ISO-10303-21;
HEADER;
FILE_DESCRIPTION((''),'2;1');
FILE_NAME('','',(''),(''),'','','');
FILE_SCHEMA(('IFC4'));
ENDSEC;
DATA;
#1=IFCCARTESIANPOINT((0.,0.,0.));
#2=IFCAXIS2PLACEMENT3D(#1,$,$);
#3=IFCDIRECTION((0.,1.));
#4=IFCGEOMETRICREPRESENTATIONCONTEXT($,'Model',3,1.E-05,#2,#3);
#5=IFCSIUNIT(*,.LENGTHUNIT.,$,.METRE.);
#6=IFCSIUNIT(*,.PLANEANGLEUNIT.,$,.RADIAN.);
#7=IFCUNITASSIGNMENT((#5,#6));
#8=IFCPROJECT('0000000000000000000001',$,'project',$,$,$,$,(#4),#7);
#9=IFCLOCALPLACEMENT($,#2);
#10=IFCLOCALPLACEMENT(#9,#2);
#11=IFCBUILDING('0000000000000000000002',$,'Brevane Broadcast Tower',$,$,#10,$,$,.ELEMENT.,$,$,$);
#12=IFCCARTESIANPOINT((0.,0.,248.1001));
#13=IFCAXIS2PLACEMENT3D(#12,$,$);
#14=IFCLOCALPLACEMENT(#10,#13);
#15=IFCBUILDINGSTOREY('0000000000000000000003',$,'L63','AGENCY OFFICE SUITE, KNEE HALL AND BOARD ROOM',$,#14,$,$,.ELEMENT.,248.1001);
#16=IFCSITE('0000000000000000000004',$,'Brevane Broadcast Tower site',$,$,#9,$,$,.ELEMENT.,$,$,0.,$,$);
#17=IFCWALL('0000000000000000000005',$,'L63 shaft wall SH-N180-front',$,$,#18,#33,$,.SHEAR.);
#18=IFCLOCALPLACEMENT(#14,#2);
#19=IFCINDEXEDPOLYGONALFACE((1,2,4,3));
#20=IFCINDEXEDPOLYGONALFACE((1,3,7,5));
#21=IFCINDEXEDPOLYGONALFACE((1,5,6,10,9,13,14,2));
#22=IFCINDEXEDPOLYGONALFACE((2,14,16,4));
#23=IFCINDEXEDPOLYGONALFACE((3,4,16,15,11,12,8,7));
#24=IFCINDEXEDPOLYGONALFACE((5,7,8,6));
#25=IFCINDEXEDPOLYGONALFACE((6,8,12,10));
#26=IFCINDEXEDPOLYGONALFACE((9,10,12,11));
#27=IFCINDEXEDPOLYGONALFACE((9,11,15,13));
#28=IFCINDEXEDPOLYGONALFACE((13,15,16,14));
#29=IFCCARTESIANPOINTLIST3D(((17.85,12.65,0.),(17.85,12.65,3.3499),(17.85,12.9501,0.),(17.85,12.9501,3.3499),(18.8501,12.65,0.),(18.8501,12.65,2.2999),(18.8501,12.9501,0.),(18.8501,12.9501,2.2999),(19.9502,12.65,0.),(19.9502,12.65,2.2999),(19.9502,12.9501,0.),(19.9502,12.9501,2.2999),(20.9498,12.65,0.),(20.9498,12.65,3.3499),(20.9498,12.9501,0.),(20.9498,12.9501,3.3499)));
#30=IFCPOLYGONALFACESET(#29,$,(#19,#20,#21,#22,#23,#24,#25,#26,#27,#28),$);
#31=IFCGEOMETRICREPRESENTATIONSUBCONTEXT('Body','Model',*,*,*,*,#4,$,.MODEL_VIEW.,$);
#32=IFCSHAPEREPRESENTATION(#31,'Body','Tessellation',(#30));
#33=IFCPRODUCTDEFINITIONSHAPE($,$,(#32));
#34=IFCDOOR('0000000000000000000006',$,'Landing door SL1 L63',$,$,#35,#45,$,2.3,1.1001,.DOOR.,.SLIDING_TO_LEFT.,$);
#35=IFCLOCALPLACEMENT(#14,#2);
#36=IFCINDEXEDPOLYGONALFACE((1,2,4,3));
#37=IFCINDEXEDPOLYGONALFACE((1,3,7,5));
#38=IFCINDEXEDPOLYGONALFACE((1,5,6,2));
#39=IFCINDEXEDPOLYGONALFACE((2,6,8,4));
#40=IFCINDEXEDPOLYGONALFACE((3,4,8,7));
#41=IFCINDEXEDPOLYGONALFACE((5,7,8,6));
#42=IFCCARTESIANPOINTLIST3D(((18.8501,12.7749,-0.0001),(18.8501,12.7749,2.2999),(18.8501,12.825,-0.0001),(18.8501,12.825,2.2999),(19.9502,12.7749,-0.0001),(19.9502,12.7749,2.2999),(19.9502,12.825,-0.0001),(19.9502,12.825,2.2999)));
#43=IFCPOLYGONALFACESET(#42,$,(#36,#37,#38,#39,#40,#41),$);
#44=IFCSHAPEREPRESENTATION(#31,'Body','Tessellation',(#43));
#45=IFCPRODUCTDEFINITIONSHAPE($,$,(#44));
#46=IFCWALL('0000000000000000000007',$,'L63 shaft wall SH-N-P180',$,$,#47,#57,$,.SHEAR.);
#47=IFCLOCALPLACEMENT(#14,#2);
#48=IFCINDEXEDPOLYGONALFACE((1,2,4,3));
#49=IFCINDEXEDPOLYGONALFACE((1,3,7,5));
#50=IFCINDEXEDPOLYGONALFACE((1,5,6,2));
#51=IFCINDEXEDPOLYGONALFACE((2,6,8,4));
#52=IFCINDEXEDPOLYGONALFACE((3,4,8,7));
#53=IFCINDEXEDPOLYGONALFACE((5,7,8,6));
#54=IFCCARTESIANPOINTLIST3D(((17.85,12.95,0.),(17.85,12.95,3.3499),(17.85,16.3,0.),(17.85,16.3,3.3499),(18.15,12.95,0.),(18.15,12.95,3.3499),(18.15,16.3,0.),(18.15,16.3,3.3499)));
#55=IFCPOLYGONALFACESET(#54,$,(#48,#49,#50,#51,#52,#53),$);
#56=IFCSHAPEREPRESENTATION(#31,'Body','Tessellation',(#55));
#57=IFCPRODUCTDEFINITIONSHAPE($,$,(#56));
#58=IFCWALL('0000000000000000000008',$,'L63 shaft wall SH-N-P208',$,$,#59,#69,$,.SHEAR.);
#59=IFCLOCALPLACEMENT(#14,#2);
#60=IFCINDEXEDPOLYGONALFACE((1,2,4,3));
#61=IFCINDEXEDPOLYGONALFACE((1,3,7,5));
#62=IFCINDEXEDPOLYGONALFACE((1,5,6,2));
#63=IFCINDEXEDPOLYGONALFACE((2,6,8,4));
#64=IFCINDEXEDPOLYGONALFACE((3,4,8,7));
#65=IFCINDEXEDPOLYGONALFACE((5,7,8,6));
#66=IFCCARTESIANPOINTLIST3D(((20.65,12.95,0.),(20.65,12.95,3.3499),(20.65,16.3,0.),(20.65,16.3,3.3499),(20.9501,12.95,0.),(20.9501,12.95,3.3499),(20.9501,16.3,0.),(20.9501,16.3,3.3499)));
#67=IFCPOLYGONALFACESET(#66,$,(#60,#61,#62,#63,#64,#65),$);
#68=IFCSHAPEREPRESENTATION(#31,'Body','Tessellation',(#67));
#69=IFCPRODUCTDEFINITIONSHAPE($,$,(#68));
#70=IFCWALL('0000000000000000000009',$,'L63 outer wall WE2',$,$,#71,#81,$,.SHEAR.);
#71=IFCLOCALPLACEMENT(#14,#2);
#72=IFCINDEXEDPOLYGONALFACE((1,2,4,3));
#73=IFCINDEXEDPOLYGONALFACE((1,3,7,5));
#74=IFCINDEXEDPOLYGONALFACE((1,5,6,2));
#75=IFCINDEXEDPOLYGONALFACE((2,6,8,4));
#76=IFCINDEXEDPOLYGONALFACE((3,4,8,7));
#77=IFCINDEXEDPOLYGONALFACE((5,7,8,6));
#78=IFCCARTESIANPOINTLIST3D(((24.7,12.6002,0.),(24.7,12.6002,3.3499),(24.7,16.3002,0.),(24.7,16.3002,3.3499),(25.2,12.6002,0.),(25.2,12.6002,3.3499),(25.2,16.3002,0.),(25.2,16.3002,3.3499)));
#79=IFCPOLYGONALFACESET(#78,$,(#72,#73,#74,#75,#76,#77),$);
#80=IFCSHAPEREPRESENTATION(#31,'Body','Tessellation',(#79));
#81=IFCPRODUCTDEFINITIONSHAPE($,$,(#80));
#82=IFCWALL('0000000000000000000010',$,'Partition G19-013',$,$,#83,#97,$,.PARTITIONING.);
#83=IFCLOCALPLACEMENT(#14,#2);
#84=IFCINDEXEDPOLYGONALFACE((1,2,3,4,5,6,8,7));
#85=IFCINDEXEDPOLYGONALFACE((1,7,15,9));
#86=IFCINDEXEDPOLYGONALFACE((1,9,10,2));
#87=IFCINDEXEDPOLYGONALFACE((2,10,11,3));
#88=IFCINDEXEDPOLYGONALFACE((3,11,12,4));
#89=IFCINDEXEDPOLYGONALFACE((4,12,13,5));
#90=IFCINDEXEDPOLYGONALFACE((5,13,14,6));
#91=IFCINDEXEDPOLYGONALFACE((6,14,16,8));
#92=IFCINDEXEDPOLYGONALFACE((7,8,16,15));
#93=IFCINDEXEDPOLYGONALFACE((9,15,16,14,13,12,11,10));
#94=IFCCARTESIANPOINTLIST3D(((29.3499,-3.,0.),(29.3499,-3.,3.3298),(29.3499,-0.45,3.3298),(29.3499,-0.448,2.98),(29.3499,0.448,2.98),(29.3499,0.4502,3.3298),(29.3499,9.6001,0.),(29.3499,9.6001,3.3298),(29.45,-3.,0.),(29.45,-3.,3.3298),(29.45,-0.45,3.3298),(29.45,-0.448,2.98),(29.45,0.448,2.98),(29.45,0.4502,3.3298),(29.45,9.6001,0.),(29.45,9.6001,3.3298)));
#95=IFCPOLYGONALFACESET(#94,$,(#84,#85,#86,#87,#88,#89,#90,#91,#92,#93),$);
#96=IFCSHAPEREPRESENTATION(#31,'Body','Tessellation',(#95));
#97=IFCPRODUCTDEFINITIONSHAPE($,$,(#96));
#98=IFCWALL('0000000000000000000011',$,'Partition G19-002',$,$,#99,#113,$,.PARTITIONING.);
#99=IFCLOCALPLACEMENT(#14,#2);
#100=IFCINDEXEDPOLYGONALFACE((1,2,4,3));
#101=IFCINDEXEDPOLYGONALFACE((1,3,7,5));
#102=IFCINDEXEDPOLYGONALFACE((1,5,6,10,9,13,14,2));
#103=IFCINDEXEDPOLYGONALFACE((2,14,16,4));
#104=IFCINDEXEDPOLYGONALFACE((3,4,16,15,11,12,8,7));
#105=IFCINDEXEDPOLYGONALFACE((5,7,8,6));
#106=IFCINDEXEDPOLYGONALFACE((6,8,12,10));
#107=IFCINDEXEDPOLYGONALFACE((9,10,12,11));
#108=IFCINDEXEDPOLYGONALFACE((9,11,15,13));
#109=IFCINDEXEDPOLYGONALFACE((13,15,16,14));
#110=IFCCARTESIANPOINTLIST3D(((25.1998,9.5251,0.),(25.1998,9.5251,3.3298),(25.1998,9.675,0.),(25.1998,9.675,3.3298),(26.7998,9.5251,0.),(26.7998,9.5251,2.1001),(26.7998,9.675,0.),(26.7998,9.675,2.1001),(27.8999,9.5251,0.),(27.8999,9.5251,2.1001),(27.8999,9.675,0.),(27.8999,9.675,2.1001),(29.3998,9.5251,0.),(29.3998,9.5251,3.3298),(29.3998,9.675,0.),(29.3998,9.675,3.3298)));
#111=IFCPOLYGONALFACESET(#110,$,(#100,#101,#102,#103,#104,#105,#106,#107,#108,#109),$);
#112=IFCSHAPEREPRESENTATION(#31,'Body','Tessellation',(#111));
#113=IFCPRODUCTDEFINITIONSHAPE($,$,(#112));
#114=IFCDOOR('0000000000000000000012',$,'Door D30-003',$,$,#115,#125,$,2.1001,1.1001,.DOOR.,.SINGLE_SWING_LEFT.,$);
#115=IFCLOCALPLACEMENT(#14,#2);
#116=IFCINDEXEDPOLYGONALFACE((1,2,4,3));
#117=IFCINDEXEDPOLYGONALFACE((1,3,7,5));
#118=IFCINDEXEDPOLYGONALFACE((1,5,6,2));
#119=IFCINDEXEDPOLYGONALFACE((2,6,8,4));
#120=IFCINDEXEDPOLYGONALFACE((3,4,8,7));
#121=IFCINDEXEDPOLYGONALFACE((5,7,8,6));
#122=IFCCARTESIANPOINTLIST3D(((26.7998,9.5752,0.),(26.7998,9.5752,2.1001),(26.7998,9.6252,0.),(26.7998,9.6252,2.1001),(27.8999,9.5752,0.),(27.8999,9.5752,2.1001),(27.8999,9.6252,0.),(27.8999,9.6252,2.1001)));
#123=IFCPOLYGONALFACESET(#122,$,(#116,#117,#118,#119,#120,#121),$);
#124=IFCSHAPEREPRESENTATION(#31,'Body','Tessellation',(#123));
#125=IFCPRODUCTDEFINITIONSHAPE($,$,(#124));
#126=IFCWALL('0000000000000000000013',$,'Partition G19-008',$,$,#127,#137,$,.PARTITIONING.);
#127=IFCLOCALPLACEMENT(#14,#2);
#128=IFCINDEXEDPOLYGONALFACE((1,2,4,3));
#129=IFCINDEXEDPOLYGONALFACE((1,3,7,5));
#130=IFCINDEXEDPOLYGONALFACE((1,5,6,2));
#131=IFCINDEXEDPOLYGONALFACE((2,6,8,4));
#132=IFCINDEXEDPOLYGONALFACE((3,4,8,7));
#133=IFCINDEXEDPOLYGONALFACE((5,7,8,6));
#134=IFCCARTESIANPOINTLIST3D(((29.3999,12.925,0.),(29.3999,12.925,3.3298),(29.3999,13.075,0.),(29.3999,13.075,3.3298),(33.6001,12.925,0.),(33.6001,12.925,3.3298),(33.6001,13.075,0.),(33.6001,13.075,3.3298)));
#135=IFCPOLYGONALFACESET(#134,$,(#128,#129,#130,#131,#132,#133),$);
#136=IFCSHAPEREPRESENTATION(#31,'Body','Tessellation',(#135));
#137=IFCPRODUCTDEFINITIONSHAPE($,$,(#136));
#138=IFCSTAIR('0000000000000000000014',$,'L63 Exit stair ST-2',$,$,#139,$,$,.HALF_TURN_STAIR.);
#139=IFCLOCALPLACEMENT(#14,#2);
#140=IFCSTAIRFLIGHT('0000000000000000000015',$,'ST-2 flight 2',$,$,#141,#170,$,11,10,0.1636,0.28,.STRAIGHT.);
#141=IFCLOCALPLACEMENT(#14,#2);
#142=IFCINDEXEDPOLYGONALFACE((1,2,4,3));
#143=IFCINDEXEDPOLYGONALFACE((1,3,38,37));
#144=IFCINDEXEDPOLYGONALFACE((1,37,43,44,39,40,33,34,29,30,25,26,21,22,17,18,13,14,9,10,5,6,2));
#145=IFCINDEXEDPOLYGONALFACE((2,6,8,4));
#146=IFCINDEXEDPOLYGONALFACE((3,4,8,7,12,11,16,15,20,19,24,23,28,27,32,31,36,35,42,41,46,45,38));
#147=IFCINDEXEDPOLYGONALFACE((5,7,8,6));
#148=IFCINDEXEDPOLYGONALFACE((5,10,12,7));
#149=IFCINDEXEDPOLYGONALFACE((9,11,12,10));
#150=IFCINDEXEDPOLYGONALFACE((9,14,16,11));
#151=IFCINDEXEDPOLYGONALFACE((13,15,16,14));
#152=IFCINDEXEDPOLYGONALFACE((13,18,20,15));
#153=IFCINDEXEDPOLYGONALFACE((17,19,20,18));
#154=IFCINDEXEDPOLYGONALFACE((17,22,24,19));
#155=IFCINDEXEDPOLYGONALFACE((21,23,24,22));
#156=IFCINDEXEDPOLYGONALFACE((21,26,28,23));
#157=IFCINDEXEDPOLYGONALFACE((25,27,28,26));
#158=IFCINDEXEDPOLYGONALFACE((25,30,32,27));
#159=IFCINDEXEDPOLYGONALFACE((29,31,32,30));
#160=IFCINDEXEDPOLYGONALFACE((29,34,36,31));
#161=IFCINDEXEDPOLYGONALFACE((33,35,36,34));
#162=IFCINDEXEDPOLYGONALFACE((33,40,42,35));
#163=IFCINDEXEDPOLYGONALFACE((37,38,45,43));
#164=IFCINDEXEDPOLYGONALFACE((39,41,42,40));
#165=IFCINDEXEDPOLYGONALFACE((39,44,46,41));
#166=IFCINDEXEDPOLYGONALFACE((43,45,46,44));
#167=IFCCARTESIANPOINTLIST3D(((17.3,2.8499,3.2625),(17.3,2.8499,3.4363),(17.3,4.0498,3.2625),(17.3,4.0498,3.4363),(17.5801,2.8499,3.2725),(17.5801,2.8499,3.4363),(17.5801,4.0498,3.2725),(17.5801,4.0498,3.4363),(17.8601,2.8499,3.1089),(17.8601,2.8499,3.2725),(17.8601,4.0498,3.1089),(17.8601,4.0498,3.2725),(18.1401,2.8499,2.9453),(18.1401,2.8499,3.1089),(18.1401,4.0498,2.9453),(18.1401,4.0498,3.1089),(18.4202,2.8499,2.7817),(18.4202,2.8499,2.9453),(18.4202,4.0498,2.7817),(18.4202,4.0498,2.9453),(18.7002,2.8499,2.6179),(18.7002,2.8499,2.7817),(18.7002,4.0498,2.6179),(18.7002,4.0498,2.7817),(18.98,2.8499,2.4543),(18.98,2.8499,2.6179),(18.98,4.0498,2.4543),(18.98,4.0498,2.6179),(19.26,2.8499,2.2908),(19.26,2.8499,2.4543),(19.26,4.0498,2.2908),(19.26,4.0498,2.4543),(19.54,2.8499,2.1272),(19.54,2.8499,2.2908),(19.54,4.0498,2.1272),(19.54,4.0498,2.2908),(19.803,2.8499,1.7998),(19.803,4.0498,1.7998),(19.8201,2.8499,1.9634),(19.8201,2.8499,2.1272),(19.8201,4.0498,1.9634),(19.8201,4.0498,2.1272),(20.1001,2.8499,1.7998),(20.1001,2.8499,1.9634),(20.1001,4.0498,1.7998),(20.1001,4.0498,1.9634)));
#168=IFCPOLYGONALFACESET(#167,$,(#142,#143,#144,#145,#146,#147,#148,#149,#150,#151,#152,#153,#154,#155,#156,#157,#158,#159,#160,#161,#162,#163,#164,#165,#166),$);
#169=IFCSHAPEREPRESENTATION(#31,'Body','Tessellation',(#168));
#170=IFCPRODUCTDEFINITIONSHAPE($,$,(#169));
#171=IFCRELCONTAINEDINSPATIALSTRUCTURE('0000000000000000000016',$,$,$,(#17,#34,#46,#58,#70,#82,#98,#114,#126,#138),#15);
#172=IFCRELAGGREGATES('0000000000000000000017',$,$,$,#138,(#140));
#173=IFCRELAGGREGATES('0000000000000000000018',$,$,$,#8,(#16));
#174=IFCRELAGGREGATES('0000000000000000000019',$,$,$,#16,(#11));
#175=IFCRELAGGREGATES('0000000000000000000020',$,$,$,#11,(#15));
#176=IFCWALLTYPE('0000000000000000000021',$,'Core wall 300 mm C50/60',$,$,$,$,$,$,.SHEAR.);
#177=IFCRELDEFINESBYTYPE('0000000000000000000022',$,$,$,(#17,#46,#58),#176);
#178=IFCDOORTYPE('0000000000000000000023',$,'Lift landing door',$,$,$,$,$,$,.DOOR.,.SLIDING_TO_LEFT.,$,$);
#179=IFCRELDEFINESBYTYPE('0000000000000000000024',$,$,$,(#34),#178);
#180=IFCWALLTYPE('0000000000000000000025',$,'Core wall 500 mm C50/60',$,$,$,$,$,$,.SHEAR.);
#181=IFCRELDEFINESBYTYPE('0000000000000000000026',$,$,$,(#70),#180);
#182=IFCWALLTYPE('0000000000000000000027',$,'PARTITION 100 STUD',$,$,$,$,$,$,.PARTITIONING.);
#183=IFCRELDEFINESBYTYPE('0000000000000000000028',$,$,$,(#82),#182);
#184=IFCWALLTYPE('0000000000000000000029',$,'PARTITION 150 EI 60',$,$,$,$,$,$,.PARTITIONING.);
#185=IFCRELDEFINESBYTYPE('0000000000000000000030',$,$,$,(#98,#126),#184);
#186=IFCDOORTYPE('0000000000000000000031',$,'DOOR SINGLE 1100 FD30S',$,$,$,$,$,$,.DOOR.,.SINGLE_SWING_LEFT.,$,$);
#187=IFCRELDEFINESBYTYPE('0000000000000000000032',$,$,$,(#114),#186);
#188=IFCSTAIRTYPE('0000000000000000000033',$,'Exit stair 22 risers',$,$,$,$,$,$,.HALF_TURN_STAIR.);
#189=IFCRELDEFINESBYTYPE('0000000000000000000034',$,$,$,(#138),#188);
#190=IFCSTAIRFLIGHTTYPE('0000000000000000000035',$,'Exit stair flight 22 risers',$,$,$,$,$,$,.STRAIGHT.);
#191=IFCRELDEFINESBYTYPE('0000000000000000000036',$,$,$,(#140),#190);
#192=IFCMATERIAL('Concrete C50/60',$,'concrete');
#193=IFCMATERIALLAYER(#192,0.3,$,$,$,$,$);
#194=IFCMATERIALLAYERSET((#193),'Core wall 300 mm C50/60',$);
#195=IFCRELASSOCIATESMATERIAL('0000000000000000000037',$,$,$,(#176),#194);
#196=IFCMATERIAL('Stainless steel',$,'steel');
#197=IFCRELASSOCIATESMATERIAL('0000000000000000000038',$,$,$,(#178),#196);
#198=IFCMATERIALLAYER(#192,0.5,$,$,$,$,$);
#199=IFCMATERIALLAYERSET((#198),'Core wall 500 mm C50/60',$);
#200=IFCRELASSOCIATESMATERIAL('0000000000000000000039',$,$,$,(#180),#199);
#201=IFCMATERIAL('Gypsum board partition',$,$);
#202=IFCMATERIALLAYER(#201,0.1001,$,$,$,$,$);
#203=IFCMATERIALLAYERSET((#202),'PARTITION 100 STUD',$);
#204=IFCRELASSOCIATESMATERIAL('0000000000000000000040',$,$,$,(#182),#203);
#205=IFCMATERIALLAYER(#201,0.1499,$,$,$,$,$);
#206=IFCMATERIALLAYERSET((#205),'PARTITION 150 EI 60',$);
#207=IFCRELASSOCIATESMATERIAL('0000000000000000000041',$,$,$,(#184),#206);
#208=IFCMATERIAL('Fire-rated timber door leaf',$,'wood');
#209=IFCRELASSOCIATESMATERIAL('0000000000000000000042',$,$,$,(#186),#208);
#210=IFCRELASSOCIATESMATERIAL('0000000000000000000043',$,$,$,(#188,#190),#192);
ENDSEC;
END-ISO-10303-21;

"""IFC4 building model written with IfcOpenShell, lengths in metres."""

from ifc_helpers import new_model, si_unit, direction, frame, frame_2d, origin, place, context, subcontext, project, spatial, polyline, rectangle, outline, extrude, material, layer, layer_set, type_object, element, fill, aggregate, save


model = new_model("IFC4")

# Units and contexts
model_context = context("Model", 3, precision=1e-05, world=origin(), true_north=direction((0.0, 1.0)))
body_context = subcontext(model_context, "Body", "Model", "MODEL_VIEW")
ifc_project = project(units=[si_unit("LENGTHUNIT", "METRE"), si_unit("PLANEANGLEUNIT", "RADIAN")], contexts=[model_context])

# Site, building, storey
site_placement = place(None, origin())
site = spatial("IfcSite", under=ifc_project, at=site_placement, Name="Brevane Broadcast Tower site", CompositionType="ELEMENT", RefElevation=0.0)
building_placement = place(site_placement, origin())
building = spatial("IfcBuilding", under=site, at=building_placement, Name="Brevane Broadcast Tower", CompositionType="ELEMENT")
storey_placement = place(building_placement, frame((0.0, 0.0, 248.1001)))
storey = spatial("IfcBuildingStorey", under=building, at=storey_placement, Name="L63", Description="AGENCY OFFICE SUITE, KNEE HALL AND BOARD ROOM", CompositionType="ELEMENT", Elevation=248.1001)

# Wall, opening, door
ifc_material_1 = material(Name="Concrete C50/60", Category="concrete")
ifc_layer_1 = layer(ifc_material_1, 0.3)
ifc_layer_set_1 = layer_set([ifc_layer_1], Name="Core wall 300 mm C50/60")
wall_type_1 = type_object("IfcWallType", Name="Core wall 300 mm C50/60", PredefinedType="SHEAR", material=ifc_layer_set_1)
wall_1_placement = place(storey_placement, frame((17.8501, 12.8, 0.0), z_axis=(0.0, 0.0, 1.0), x_axis=(1.0, 0.0, 0.0)))
wall_1 = element("IfcWall", 1, at=wall_1_placement, inside=storey, type_object=wall_type_1, Name="L63 shaft wall SH-N180-front", PredefinedType="SHEAR", context=body_context, shape_type="SweptSolid", body=[
    extrude(rectangle(XDim=3.0999, YDim=0.3, at=frame_2d((1.5498, 0.0))), origin(), (0.0, 0.0, 1.0), 3.3499),
])
opening_1_placement = place(wall_1_placement, frame((1.0, 0.0, 0.0)))
opening_1 = element("IfcOpeningElement", 2, at=opening_1_placement, cuts=wall_1, PredefinedType="OPENING", context=body_context, shape_type="SweptSolid", body=[
    extrude(rectangle(XDim=1.1001, YDim=2.3, at=frame_2d((0.55, 1.1499))), frame((0.0, 0.1599, 0.0), z_axis=(0.0, -1.0, 0.0), x_axis=(1.0, 0.0, 0.0)), (0.0, 0.0, 1.0), 0.3201),
])
ifc_material_2 = material(Name="Stainless steel", Category="steel")
door_type_1 = type_object("IfcDoorType", Name="Lift landing door", OperationType="SLIDING_TO_LEFT", PredefinedType="DOOR", material=ifc_material_2)
door_1_placement = place(opening_1_placement, origin())
door_1 = element("IfcDoor", 3, at=door_1_placement, inside=storey, type_object=door_type_1, Name="Landing door SL1 L63", OperationType="SLIDING_TO_LEFT", OverallHeight=2.3, OverallWidth=1.1001, PredefinedType="DOOR", context=body_context, shape_type="SweptSolid", body=[
    extrude(rectangle(XDim=1.1001, YDim=2.3, at=frame_2d((0.55, 1.1499))), frame((0.0, 0.0249, 0.0), z_axis=(0.0, -1.0, 0.0), x_axis=(1.0, 0.0, 0.0)), (0.0, 0.0, 1.0), 0.05),
])
fill(opening_1, door_1)

# Walls
for number, where, z_axis, x_axis, name in (
    (4, (18.0, 12.95, 0.0), (0.0, 0.0, 1.0), (0.0, 1.0, 0.0), "L63 shaft wall SH-N-P180"),
    (5, (20.8, 12.95, 0.0), (0.0, 0.0, 1.0), (0.0, 1.0, 0.0), "L63 shaft wall SH-N-P208"),
):
    element("IfcWall", number, at=place(storey_placement, frame(where, z_axis=z_axis, x_axis=x_axis)), inside=storey, type_object=wall_type_1, Name=name, PredefinedType="SHEAR", context=body_context, shape_type="SweptSolid", body=[
        extrude(rectangle(XDim=3.3501, YDim=0.3, at=frame_2d((1.675, 0.0))), origin(), (0.0, 0.0, 1.0), 3.3499),
    ])
ifc_layer_2 = layer(ifc_material_1, 0.5)
ifc_layer_set_2 = layer_set([ifc_layer_2], Name="Core wall 500 mm C50/60")
wall_type_2 = type_object("IfcWallType", Name="Core wall 500 mm C50/60", PredefinedType="SHEAR", material=ifc_layer_set_2)
wall_2_placement = place(storey_placement, frame((24.95, 12.6001, 0.0), z_axis=(0.0, 0.0, 1.0), x_axis=(0.0, 1.0, 0.0)))
element("IfcWall", 6, at=wall_2_placement, inside=storey, type_object=wall_type_2, Name="L63 outer wall WE2", PredefinedType="SHEAR", context=body_context, shape_type="SweptSolid", body=[
    extrude(rectangle(XDim=3.7, YDim=0.5, at=frame_2d((1.8501, 0.0))), origin(), (0.0, 0.0, 1.0), 3.3499),
])
ifc_material_3 = material(Name="Gypsum board partition")
ifc_layer_3 = layer(ifc_material_3, 0.1001)
ifc_layer_set_3 = layer_set([ifc_layer_3], Name="PARTITION 100 STUD")
wall_type_3 = type_object("IfcWallType", Name="PARTITION 100 STUD", PredefinedType="PARTITIONING", material=ifc_layer_set_3)
wall_3_placement = place(storey_placement, frame((29.3999, 9.6001, 0.0), z_axis=(0.0, 0.0, 1.0), x_axis=(0.0, -1.0, 0.0)))
element("IfcWall", 7, at=wall_3_placement, inside=storey, type_object=wall_type_3, Name="Partition G19-013", PredefinedType="PARTITIONING", context=body_context, shape_type="SweptSolid", body=[
    extrude(outline(polyline([(0.0, 0.0), (12.6001, 0.0), (12.6001, 3.3298), (10.05, 3.3298), (10.0481, 2.98), (9.1521, 2.98), (9.1499, 3.3298), (0.0, 3.3298), (0.0, 0.0)])), frame((0.0, 0.05, 0.0), z_axis=(0.0, -1.0, 0.0), x_axis=(1.0, 0.0, 0.0)), (0.0, 0.0, 1.0), 0.1001),
])

# Wall, opening, door
ifc_layer_4 = layer(ifc_material_3, 0.1499)
ifc_layer_set_4 = layer_set([ifc_layer_4], Name="PARTITION 150 EI 60")
wall_type_4 = type_object("IfcWallType", Name="PARTITION 150 EI 60", PredefinedType="PARTITIONING", material=ifc_layer_set_4)
wall_4_placement = place(storey_placement, frame((29.3999, 9.6001, 0.0), z_axis=(0.0, 0.0, 1.0), x_axis=(-1.0, 0.0, 0.0)))
wall_4 = element("IfcWall", 8, at=wall_4_placement, inside=storey, type_object=wall_type_4, Name="Partition G19-002", PredefinedType="PARTITIONING", context=body_context, shape_type="SweptSolid", body=[
    extrude(rectangle(XDim=4.2, YDim=0.1499, at=frame_2d((2.1001, 0.0))), origin(), (0.0, 0.0, 1.0), 3.3298),
])
opening_2_placement = place(wall_4_placement, frame((1.5, 0.0, 0.0)))
opening_2 = element("IfcOpeningElement", 9, at=opening_2_placement, cuts=wall_4, PredefinedType="OPENING", context=body_context, shape_type="SweptSolid", body=[
    extrude(rectangle(XDim=1.1001, YDim=2.1001, at=frame_2d((0.55, 1.05))), frame((0.0, 0.085, 0.0), z_axis=(0.0, -1.0, 0.0), x_axis=(1.0, 0.0, 0.0)), (0.0, 0.0, 1.0), 0.1699),
])
ifc_material_4 = material(Name="Fire-rated timber door leaf", Category="wood")
door_type_2 = type_object("IfcDoorType", Name="DOOR SINGLE 1100 FD30S", OperationType="SINGLE_SWING_LEFT", PredefinedType="DOOR", material=ifc_material_4)
door_2_placement = place(opening_2_placement, origin())
door_2 = element("IfcDoor", 10, at=door_2_placement, inside=storey, type_object=door_type_2, Name="Door D30-003", OperationType="SINGLE_SWING_LEFT", OverallHeight=2.1001, OverallWidth=1.1001, PredefinedType="DOOR", context=body_context, shape_type="SweptSolid", body=[
    extrude(rectangle(XDim=1.1001, YDim=2.1001, at=frame_2d((0.55, 1.05))), frame((0.0, 0.0249, 0.0), z_axis=(0.0, -1.0, 0.0), x_axis=(1.0, 0.0, 0.0)), (0.0, 0.0, 1.0), 0.05),
])
fill(opening_2, door_2)

# Wall
wall_5_placement = place(storey_placement, frame((29.3999, 13.0, 0.0), z_axis=(0.0, 0.0, 1.0), x_axis=(1.0, 0.0, 0.0)))
element("IfcWall", 11, at=wall_5_placement, inside=storey, type_object=wall_type_4, Name="Partition G19-008", PredefinedType="PARTITIONING", context=body_context, shape_type="SweptSolid", body=[
    extrude(rectangle(XDim=4.2002, YDim=0.1499, at=frame_2d((2.1001, 0.0))), origin(), (0.0, 0.0, 1.0), 3.3298),
])

# Stair, stair flight
stair_type = type_object("IfcStairType", Name="Exit stair 22 risers", PredefinedType="HALF_TURN_STAIR", material=ifc_material_1)
stair_placement = place(storey_placement, origin())
stair = element("IfcStair", 12, at=stair_placement, inside=storey, type_object=stair_type, Name="L63 Exit stair ST-2", PredefinedType="HALF_TURN_STAIR")
stair_flight_type = type_object("IfcStairFlightType", Name="Exit stair flight 22 risers", PredefinedType="STRAIGHT", material=ifc_material_1)
stair_flight_placement = place(storey_placement, frame((20.1001, 3.45, 1.7998), z_axis=(0.0, 0.0, 1.0), x_axis=(-1.0, 0.0, 0.0)))
stair_flight = element("IfcStairFlight", 13, at=stair_flight_placement, type_object=stair_flight_type, Name="ST-2 flight 2", NumberOfRisers=11, NumberOfTreads=10, PredefinedType="STRAIGHT", RiserHeight=0.1636, TreadLength=0.28, context=body_context, shape_type="SweptSolid", body=[
    extrude(outline(polyline([(0.0, 0.0), (0.0, 0.1636), (0.28, 0.1636), (0.28, 0.3274), (0.5601, 0.3274), (0.5601, 0.491), (0.8401, 0.491), (0.8401, 0.6545), (1.1201, 0.6545), (1.1201, 0.8181), (1.3999, 0.8181), (1.3999, 0.9819), (1.6799, 0.9819), (1.6799, 1.1455), (1.96, 1.1455), (1.96, 1.3091), (2.24, 1.3091), (2.24, 1.4727), (2.52, 1.4727), (2.52, 1.6365), (2.8, 1.6365), (2.8, 1.8), (2.8, 1.4626), (0.2971, 0.0), (0.0, 0.0)])), frame((0.0, 0.6001, 0.0), z_axis=(0.0, -1.0, 0.0), x_axis=(1.0, 0.0, 0.0)), (0.0, 0.0, 1.0), 1.2),
])
aggregate(stair, [stair_flight])

save(model, "model.ifc")
